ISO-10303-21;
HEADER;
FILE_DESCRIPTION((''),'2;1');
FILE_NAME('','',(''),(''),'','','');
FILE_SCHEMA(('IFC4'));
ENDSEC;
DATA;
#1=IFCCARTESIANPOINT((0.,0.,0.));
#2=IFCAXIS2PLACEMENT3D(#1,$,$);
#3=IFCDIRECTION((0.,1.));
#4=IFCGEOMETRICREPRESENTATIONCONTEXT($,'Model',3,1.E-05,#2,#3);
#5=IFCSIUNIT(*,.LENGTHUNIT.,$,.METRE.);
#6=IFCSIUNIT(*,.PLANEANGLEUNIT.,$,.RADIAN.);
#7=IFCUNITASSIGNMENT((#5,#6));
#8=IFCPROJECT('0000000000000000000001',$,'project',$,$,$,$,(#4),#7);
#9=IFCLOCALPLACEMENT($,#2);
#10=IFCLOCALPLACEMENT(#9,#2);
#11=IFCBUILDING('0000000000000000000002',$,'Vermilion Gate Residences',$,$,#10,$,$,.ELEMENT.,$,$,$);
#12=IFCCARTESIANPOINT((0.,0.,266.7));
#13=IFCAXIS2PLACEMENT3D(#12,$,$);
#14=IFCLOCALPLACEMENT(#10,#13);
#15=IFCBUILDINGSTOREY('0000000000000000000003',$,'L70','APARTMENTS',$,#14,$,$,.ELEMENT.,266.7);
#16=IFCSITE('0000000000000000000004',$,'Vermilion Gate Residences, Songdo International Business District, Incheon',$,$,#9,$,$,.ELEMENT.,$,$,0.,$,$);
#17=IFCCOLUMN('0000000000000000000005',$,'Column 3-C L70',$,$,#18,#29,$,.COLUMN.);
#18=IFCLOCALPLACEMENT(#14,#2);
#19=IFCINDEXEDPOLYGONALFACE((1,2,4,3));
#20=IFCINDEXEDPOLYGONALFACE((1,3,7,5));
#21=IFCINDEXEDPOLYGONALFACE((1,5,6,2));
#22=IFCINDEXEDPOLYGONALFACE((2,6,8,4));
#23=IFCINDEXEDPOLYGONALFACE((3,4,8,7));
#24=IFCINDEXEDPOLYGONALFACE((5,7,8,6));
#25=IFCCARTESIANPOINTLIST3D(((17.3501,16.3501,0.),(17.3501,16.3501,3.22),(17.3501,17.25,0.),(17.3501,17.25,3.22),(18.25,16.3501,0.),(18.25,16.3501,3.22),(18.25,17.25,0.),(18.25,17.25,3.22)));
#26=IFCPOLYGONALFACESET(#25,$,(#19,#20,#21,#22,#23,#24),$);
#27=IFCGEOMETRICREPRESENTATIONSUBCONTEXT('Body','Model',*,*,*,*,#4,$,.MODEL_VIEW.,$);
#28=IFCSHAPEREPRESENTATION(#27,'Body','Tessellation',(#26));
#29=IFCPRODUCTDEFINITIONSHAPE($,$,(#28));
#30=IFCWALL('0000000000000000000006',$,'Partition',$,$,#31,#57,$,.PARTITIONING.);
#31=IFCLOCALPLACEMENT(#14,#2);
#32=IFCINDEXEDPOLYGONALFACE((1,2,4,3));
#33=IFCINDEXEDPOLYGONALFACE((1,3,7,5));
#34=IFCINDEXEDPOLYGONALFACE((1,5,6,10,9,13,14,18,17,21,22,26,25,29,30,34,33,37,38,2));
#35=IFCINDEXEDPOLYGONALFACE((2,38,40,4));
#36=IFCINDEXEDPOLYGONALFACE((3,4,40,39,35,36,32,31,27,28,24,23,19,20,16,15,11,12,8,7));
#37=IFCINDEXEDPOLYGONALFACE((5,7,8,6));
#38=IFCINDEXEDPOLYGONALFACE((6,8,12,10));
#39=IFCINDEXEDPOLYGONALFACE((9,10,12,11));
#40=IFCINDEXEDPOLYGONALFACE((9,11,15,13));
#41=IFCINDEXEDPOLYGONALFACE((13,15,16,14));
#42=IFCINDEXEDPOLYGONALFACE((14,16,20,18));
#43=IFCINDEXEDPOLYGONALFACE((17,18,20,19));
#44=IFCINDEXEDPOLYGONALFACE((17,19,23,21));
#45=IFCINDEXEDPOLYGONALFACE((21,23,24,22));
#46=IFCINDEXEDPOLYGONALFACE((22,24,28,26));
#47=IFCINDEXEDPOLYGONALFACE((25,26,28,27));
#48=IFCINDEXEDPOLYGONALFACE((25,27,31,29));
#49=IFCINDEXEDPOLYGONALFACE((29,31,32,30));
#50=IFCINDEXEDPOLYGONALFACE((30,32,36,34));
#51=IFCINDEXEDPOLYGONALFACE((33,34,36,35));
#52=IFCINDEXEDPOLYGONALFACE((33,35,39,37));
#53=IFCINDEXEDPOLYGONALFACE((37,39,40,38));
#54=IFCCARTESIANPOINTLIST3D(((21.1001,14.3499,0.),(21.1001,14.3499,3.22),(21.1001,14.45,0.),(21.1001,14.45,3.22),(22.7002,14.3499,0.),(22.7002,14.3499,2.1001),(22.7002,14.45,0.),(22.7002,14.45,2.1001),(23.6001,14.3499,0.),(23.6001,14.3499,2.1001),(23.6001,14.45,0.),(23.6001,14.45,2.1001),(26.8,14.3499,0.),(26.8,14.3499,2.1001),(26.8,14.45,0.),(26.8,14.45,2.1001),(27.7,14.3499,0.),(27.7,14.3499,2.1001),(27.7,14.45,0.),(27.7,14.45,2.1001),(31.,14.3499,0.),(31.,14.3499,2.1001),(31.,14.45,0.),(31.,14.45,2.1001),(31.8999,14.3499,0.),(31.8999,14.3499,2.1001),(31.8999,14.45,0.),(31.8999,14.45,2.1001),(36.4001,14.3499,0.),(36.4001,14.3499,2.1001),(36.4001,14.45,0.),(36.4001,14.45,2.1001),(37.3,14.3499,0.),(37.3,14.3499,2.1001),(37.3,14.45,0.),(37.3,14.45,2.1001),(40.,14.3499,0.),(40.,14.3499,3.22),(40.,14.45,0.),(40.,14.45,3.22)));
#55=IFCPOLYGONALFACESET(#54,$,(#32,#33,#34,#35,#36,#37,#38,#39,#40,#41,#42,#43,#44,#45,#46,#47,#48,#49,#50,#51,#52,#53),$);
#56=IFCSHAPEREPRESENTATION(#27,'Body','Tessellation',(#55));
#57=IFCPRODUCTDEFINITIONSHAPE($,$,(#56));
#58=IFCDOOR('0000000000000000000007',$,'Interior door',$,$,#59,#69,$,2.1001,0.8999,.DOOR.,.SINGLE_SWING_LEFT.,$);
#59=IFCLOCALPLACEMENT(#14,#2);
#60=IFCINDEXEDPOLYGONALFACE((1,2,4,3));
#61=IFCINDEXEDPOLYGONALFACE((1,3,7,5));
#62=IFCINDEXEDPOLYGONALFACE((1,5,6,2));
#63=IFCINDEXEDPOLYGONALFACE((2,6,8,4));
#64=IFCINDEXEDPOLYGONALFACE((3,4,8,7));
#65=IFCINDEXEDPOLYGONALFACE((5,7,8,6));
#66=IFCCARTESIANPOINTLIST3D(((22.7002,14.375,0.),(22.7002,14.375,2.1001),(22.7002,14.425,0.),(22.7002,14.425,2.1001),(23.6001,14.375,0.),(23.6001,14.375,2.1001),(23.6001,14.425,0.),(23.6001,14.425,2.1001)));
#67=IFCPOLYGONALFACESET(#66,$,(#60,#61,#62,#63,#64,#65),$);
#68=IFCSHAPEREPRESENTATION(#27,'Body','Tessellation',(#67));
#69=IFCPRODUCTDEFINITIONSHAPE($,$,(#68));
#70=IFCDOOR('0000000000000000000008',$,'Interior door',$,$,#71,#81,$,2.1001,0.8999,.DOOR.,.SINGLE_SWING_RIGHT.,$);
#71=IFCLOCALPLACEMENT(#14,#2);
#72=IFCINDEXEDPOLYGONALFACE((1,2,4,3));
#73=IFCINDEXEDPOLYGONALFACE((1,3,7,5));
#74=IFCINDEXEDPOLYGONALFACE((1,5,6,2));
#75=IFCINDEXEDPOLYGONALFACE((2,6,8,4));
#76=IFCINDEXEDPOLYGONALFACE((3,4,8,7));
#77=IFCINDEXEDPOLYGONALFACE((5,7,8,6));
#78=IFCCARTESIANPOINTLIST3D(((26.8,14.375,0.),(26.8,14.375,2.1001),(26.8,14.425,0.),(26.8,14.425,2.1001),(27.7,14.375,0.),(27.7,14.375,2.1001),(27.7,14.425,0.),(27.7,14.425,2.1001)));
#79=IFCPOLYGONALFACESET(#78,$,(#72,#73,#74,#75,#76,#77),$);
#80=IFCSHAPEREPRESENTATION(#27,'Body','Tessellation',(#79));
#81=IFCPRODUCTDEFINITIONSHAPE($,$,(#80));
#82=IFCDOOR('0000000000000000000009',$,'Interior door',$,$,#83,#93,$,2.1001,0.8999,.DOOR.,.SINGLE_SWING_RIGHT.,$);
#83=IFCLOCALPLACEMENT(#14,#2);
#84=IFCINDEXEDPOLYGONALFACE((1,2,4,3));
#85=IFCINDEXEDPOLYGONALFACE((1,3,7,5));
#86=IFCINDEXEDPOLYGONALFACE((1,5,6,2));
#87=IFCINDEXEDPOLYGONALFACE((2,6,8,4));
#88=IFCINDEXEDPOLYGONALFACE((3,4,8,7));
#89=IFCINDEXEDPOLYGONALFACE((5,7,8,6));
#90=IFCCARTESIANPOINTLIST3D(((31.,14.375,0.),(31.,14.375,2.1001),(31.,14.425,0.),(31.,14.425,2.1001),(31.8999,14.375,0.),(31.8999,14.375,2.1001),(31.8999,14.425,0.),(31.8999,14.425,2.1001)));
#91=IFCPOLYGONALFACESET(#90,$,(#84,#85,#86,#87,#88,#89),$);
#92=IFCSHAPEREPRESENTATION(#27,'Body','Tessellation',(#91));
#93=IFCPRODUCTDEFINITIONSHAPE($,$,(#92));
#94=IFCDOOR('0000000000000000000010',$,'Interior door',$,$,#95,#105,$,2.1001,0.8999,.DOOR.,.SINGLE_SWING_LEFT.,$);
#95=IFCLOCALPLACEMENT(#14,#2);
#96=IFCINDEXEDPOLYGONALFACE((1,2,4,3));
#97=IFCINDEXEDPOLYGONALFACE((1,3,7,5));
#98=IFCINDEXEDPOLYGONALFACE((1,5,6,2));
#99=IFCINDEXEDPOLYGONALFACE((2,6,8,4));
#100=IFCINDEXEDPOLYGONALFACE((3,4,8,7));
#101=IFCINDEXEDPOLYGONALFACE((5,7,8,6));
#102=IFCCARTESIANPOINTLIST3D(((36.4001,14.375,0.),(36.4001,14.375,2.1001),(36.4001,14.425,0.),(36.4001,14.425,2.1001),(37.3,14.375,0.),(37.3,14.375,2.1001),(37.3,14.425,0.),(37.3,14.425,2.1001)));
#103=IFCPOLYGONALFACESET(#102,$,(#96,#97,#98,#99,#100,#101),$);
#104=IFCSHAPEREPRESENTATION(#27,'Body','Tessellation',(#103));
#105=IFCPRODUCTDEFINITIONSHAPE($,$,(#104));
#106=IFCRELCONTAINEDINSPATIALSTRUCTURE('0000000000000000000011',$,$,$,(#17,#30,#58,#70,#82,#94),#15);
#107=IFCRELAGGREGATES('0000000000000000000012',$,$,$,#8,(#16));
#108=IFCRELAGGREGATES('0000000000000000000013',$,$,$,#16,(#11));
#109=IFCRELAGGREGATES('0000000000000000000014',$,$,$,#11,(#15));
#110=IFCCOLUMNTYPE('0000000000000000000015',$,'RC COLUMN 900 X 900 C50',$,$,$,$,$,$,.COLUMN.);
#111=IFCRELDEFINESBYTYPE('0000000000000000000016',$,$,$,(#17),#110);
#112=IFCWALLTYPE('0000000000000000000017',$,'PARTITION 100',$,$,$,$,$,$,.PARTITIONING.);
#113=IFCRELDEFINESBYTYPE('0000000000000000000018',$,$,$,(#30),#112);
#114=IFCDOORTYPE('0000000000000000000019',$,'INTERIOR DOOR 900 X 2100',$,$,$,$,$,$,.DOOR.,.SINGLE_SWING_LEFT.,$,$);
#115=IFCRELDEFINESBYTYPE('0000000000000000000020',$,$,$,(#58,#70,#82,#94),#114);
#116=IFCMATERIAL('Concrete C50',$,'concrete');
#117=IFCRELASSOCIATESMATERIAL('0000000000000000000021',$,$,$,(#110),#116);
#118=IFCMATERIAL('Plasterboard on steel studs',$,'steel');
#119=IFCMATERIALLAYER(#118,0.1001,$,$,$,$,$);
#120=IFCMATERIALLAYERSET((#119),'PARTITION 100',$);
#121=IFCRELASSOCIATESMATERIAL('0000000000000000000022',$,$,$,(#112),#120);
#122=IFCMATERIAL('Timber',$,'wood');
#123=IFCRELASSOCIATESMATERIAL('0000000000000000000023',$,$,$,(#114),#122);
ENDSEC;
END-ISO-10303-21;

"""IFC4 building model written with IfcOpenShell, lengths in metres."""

from ifc_helpers import new_model, si_unit, direction, frame, frame_2d, origin, origin_2d, place, context, subcontext, project, spatial, rectangle, extrude, material, layer, layer_set, material_profile, profile_set, type_object, element, fill, save


model = new_model("IFC4")

# Units and contexts
model_context = context("Model", 3, precision=1e-05, world=origin(), true_north=direction((0.0, 1.0)))
body_context = subcontext(model_context, "Body", "Model", "MODEL_VIEW")
ifc_project = project(units=[si_unit("LENGTHUNIT", "METRE"), si_unit("PLANEANGLEUNIT", "RADIAN")], contexts=[model_context])

# Site, building, storey
site_placement = place(None, origin())
site = spatial("IfcSite", under=ifc_project, at=site_placement, Name="Vermilion Gate Residences, Songdo International Business District, Incheon", CompositionType="ELEMENT", RefElevation=0.0)
building_placement = place(site_placement, origin())
building = spatial("IfcBuilding", under=site, at=building_placement, Name="Vermilion Gate Residences", CompositionType="ELEMENT")
storey_placement = place(building_placement, frame((0.0, 0.0, 266.7)))
storey = spatial("IfcBuildingStorey", under=building, at=storey_placement, Name="L70", Description="APARTMENTS", CompositionType="ELEMENT", Elevation=266.7)

# Column
ifc_material_1 = material(Name="Concrete C50", Category="concrete")
ifc_material_profile = material_profile(ifc_material_1, rectangle(XDim=0.8999, YDim=0.8999, at=origin_2d()), Name="RC-900x900")
ifc_profile_set = profile_set([ifc_material_profile], Name="Concrete C50")
column_type = type_object("IfcColumnType", Name="RC COLUMN 900 X 900 C50", PredefinedType="COLUMN", material=ifc_profile_set)
column_placement = place(storey_placement, frame((17.8, 16.8, 0.0), z_axis=(0.0, 0.0, 1.0), x_axis=(1.0, 0.0, 0.0)))
element("IfcColumn", 1, at=column_placement, inside=storey, type_object=column_type, Name="Column 3-C L70", PredefinedType="COLUMN", context=body_context, shape_type="SweptSolid", body=[
    extrude(rectangle(XDim=0.8999, YDim=0.8999, at=origin_2d()), origin(), (0.0, 0.0, 1.0), 3.22),
])

# Wall, openings, doors
ifc_material_2 = material(Name="Plasterboard on steel studs", Category="steel")
ifc_layer_1 = layer(ifc_material_2, 0.1001)
ifc_layer_set_1 = layer_set([ifc_layer_1], Name="PARTITION 100")
wall_type_1 = type_object("IfcWallType", Name="PARTITION 100", PredefinedType="PARTITIONING", material=ifc_layer_set_1)
wall_1_placement = place(storey_placement, frame((21.1001, 14.3999, 0.0), z_axis=(0.0, 0.0, 1.0), x_axis=(1.0, 0.0, 0.0)))
wall_1 = element("IfcWall", 2, at=wall_1_placement, inside=storey, type_object=wall_type_1, Name="Partition", PredefinedType="PARTITIONING", context=body_context, shape_type="SweptSolid", body=[
    extrude(rectangle(XDim=18.8999, YDim=0.1001, at=frame_2d((9.45, 0.0))), origin(), (0.0, 0.0, 1.0), 3.22),
])
opening_1_placement = place(wall_1_placement, frame((1.6001, 0.0, 0.0)))
opening_1 = element("IfcOpeningElement", 3, at=opening_1_placement, cuts=wall_1, PredefinedType="OPENING", context=body_context, shape_type="SweptSolid", body=[
    extrude(rectangle(XDim=0.8999, YDim=2.1001, at=frame_2d((0.45, 1.05))), frame((0.0, 0.0601, 0.0), z_axis=(0.0, -1.0, 0.0), x_axis=(1.0, 0.0, 0.0)), (0.0, 0.0, 1.0), 0.1201),
])
opening_2_placement = place(wall_1_placement, frame((5.7, 0.0, 0.0)))
opening_2 = element("IfcOpeningElement", 4, at=opening_2_placement, cuts=wall_1, PredefinedType="OPENING", context=body_context, shape_type="SweptSolid", body=[
    extrude(rectangle(XDim=0.8999, YDim=2.1001, at=frame_2d((0.45, 1.05))), frame((0.0, 0.0601, 0.0), z_axis=(0.0, -1.0, 0.0), x_axis=(1.0, 0.0, 0.0)), (0.0, 0.0, 1.0), 0.1201),
])
opening_3_placement = place(wall_1_placement, frame((9.8999, 0.0, 0.0)))
opening_3 = element("IfcOpeningElement", 5, at=opening_3_placement, cuts=wall_1, PredefinedType="OPENING", context=body_context, shape_type="SweptSolid", body=[
    extrude(rectangle(XDim=0.8999, YDim=2.1001, at=frame_2d((0.45, 1.05))), frame((0.0, 0.0601, 0.0), z_axis=(0.0, -1.0, 0.0), x_axis=(1.0, 0.0, 0.0)), (0.0, 0.0, 1.0), 0.1201),
])
opening_4_placement = place(wall_1_placement, frame((15.3, 0.0, 0.0)))
opening_4 = element("IfcOpeningElement", 6, at=opening_4_placement, cuts=wall_1, PredefinedType="OPENING", context=body_context, shape_type="SweptSolid", body=[
    extrude(rectangle(XDim=0.8999, YDim=2.1001, at=frame_2d((0.45, 1.05))), frame((0.0, 0.0601, 0.0), z_axis=(0.0, -1.0, 0.0), x_axis=(1.0, 0.0, 0.0)), (0.0, 0.0, 1.0), 0.1201),
])
ifc_material_3 = material(Name="Timber", Category="wood")
door_type_1 = type_object("IfcDoorType", Name="INTERIOR DOOR 900 X 2100", OperationType="SINGLE_SWING_LEFT", PredefinedType="DOOR", material=ifc_material_3)
door_1_placement = place(opening_1_placement, frame((0.8999, 0.0, 0.0), z_axis=(0.0, 0.0, 1.0), x_axis=(-1.0, 0.0, 0.0)))
door_1 = element("IfcDoor", 7, at=door_1_placement, inside=storey, type_object=door_type_1, Name="Interior door", OperationType="SINGLE_SWING_LEFT", OverallHeight=2.1001, OverallWidth=0.8999, PredefinedType="DOOR", context=body_context, shape_type="SweptSolid", body=[
    extrude(rectangle(XDim=0.8999, YDim=2.1001, at=frame_2d((0.45, 1.05))), frame((0.0, 0.0249, 0.0), z_axis=(0.0, -1.0, 0.0), x_axis=(1.0, 0.0, 0.0)), (0.0, 0.0, 1.0), 0.05),
])
fill(opening_1, door_1)
door_2_placement = place(opening_2_placement, frame((0.8999, 0.0, 0.0), z_axis=(0.0, 0.0, 1.0), x_axis=(-1.0, 0.0, 0.0)))
door_2 = element("IfcDoor", 8, at=door_2_placement, inside=storey, type_object=door_type_1, Name="Interior door", OperationType="SINGLE_SWING_RIGHT", OverallHeight=2.1001, OverallWidth=0.8999, PredefinedType="DOOR", context=body_context, shape_type="SweptSolid", body=[
    extrude(rectangle(XDim=0.8999, YDim=2.1001, at=frame_2d((0.45, 1.05))), frame((0.0, 0.0249, 0.0), z_axis=(0.0, -1.0, 0.0), x_axis=(1.0, 0.0, 0.0)), (0.0, 0.0, 1.0), 0.05),
])
fill(opening_2, door_2)
door_3_placement = place(opening_3_placement, frame((0.8999, 0.0, 0.0), z_axis=(0.0, 0.0, 1.0), x_axis=(-1.0, 0.0, 0.0)))
door_3 = element("IfcDoor", 9, at=door_3_placement, inside=storey, type_object=door_type_1, Name="Interior door", OperationType="SINGLE_SWING_RIGHT", OverallHeight=2.1001, OverallWidth=0.8999, PredefinedType="DOOR", context=body_context, shape_type="SweptSolid", body=[
    extrude(rectangle(XDim=0.8999, YDim=2.1001, at=frame_2d((0.45, 1.05))), frame((0.0, 0.0249, 0.0), z_axis=(0.0, -1.0, 0.0), x_axis=(1.0, 0.0, 0.0)), (0.0, 0.0, 1.0), 0.05),
])
fill(opening_3, door_3)
door_4_placement = place(opening_4_placement, frame((0.8999, 0.0, 0.0), z_axis=(0.0, 0.0, 1.0), x_axis=(-1.0, 0.0, 0.0)))
door_4 = element("IfcDoor", 10, at=door_4_placement, inside=storey, type_object=door_type_1, Name="Interior door", OperationType="SINGLE_SWING_LEFT", OverallHeight=2.1001, OverallWidth=0.8999, PredefinedType="DOOR", context=body_context, shape_type="SweptSolid", body=[
    extrude(rectangle(XDim=0.8999, YDim=2.1001, at=frame_2d((0.45, 1.05))), frame((0.0, 0.0249, 0.0), z_axis=(0.0, -1.0, 0.0), x_axis=(1.0, 0.0, 0.0)), (0.0, 0.0, 1.0), 0.05),
])
fill(opening_4, door_4)

save(model, "model.ifc")
